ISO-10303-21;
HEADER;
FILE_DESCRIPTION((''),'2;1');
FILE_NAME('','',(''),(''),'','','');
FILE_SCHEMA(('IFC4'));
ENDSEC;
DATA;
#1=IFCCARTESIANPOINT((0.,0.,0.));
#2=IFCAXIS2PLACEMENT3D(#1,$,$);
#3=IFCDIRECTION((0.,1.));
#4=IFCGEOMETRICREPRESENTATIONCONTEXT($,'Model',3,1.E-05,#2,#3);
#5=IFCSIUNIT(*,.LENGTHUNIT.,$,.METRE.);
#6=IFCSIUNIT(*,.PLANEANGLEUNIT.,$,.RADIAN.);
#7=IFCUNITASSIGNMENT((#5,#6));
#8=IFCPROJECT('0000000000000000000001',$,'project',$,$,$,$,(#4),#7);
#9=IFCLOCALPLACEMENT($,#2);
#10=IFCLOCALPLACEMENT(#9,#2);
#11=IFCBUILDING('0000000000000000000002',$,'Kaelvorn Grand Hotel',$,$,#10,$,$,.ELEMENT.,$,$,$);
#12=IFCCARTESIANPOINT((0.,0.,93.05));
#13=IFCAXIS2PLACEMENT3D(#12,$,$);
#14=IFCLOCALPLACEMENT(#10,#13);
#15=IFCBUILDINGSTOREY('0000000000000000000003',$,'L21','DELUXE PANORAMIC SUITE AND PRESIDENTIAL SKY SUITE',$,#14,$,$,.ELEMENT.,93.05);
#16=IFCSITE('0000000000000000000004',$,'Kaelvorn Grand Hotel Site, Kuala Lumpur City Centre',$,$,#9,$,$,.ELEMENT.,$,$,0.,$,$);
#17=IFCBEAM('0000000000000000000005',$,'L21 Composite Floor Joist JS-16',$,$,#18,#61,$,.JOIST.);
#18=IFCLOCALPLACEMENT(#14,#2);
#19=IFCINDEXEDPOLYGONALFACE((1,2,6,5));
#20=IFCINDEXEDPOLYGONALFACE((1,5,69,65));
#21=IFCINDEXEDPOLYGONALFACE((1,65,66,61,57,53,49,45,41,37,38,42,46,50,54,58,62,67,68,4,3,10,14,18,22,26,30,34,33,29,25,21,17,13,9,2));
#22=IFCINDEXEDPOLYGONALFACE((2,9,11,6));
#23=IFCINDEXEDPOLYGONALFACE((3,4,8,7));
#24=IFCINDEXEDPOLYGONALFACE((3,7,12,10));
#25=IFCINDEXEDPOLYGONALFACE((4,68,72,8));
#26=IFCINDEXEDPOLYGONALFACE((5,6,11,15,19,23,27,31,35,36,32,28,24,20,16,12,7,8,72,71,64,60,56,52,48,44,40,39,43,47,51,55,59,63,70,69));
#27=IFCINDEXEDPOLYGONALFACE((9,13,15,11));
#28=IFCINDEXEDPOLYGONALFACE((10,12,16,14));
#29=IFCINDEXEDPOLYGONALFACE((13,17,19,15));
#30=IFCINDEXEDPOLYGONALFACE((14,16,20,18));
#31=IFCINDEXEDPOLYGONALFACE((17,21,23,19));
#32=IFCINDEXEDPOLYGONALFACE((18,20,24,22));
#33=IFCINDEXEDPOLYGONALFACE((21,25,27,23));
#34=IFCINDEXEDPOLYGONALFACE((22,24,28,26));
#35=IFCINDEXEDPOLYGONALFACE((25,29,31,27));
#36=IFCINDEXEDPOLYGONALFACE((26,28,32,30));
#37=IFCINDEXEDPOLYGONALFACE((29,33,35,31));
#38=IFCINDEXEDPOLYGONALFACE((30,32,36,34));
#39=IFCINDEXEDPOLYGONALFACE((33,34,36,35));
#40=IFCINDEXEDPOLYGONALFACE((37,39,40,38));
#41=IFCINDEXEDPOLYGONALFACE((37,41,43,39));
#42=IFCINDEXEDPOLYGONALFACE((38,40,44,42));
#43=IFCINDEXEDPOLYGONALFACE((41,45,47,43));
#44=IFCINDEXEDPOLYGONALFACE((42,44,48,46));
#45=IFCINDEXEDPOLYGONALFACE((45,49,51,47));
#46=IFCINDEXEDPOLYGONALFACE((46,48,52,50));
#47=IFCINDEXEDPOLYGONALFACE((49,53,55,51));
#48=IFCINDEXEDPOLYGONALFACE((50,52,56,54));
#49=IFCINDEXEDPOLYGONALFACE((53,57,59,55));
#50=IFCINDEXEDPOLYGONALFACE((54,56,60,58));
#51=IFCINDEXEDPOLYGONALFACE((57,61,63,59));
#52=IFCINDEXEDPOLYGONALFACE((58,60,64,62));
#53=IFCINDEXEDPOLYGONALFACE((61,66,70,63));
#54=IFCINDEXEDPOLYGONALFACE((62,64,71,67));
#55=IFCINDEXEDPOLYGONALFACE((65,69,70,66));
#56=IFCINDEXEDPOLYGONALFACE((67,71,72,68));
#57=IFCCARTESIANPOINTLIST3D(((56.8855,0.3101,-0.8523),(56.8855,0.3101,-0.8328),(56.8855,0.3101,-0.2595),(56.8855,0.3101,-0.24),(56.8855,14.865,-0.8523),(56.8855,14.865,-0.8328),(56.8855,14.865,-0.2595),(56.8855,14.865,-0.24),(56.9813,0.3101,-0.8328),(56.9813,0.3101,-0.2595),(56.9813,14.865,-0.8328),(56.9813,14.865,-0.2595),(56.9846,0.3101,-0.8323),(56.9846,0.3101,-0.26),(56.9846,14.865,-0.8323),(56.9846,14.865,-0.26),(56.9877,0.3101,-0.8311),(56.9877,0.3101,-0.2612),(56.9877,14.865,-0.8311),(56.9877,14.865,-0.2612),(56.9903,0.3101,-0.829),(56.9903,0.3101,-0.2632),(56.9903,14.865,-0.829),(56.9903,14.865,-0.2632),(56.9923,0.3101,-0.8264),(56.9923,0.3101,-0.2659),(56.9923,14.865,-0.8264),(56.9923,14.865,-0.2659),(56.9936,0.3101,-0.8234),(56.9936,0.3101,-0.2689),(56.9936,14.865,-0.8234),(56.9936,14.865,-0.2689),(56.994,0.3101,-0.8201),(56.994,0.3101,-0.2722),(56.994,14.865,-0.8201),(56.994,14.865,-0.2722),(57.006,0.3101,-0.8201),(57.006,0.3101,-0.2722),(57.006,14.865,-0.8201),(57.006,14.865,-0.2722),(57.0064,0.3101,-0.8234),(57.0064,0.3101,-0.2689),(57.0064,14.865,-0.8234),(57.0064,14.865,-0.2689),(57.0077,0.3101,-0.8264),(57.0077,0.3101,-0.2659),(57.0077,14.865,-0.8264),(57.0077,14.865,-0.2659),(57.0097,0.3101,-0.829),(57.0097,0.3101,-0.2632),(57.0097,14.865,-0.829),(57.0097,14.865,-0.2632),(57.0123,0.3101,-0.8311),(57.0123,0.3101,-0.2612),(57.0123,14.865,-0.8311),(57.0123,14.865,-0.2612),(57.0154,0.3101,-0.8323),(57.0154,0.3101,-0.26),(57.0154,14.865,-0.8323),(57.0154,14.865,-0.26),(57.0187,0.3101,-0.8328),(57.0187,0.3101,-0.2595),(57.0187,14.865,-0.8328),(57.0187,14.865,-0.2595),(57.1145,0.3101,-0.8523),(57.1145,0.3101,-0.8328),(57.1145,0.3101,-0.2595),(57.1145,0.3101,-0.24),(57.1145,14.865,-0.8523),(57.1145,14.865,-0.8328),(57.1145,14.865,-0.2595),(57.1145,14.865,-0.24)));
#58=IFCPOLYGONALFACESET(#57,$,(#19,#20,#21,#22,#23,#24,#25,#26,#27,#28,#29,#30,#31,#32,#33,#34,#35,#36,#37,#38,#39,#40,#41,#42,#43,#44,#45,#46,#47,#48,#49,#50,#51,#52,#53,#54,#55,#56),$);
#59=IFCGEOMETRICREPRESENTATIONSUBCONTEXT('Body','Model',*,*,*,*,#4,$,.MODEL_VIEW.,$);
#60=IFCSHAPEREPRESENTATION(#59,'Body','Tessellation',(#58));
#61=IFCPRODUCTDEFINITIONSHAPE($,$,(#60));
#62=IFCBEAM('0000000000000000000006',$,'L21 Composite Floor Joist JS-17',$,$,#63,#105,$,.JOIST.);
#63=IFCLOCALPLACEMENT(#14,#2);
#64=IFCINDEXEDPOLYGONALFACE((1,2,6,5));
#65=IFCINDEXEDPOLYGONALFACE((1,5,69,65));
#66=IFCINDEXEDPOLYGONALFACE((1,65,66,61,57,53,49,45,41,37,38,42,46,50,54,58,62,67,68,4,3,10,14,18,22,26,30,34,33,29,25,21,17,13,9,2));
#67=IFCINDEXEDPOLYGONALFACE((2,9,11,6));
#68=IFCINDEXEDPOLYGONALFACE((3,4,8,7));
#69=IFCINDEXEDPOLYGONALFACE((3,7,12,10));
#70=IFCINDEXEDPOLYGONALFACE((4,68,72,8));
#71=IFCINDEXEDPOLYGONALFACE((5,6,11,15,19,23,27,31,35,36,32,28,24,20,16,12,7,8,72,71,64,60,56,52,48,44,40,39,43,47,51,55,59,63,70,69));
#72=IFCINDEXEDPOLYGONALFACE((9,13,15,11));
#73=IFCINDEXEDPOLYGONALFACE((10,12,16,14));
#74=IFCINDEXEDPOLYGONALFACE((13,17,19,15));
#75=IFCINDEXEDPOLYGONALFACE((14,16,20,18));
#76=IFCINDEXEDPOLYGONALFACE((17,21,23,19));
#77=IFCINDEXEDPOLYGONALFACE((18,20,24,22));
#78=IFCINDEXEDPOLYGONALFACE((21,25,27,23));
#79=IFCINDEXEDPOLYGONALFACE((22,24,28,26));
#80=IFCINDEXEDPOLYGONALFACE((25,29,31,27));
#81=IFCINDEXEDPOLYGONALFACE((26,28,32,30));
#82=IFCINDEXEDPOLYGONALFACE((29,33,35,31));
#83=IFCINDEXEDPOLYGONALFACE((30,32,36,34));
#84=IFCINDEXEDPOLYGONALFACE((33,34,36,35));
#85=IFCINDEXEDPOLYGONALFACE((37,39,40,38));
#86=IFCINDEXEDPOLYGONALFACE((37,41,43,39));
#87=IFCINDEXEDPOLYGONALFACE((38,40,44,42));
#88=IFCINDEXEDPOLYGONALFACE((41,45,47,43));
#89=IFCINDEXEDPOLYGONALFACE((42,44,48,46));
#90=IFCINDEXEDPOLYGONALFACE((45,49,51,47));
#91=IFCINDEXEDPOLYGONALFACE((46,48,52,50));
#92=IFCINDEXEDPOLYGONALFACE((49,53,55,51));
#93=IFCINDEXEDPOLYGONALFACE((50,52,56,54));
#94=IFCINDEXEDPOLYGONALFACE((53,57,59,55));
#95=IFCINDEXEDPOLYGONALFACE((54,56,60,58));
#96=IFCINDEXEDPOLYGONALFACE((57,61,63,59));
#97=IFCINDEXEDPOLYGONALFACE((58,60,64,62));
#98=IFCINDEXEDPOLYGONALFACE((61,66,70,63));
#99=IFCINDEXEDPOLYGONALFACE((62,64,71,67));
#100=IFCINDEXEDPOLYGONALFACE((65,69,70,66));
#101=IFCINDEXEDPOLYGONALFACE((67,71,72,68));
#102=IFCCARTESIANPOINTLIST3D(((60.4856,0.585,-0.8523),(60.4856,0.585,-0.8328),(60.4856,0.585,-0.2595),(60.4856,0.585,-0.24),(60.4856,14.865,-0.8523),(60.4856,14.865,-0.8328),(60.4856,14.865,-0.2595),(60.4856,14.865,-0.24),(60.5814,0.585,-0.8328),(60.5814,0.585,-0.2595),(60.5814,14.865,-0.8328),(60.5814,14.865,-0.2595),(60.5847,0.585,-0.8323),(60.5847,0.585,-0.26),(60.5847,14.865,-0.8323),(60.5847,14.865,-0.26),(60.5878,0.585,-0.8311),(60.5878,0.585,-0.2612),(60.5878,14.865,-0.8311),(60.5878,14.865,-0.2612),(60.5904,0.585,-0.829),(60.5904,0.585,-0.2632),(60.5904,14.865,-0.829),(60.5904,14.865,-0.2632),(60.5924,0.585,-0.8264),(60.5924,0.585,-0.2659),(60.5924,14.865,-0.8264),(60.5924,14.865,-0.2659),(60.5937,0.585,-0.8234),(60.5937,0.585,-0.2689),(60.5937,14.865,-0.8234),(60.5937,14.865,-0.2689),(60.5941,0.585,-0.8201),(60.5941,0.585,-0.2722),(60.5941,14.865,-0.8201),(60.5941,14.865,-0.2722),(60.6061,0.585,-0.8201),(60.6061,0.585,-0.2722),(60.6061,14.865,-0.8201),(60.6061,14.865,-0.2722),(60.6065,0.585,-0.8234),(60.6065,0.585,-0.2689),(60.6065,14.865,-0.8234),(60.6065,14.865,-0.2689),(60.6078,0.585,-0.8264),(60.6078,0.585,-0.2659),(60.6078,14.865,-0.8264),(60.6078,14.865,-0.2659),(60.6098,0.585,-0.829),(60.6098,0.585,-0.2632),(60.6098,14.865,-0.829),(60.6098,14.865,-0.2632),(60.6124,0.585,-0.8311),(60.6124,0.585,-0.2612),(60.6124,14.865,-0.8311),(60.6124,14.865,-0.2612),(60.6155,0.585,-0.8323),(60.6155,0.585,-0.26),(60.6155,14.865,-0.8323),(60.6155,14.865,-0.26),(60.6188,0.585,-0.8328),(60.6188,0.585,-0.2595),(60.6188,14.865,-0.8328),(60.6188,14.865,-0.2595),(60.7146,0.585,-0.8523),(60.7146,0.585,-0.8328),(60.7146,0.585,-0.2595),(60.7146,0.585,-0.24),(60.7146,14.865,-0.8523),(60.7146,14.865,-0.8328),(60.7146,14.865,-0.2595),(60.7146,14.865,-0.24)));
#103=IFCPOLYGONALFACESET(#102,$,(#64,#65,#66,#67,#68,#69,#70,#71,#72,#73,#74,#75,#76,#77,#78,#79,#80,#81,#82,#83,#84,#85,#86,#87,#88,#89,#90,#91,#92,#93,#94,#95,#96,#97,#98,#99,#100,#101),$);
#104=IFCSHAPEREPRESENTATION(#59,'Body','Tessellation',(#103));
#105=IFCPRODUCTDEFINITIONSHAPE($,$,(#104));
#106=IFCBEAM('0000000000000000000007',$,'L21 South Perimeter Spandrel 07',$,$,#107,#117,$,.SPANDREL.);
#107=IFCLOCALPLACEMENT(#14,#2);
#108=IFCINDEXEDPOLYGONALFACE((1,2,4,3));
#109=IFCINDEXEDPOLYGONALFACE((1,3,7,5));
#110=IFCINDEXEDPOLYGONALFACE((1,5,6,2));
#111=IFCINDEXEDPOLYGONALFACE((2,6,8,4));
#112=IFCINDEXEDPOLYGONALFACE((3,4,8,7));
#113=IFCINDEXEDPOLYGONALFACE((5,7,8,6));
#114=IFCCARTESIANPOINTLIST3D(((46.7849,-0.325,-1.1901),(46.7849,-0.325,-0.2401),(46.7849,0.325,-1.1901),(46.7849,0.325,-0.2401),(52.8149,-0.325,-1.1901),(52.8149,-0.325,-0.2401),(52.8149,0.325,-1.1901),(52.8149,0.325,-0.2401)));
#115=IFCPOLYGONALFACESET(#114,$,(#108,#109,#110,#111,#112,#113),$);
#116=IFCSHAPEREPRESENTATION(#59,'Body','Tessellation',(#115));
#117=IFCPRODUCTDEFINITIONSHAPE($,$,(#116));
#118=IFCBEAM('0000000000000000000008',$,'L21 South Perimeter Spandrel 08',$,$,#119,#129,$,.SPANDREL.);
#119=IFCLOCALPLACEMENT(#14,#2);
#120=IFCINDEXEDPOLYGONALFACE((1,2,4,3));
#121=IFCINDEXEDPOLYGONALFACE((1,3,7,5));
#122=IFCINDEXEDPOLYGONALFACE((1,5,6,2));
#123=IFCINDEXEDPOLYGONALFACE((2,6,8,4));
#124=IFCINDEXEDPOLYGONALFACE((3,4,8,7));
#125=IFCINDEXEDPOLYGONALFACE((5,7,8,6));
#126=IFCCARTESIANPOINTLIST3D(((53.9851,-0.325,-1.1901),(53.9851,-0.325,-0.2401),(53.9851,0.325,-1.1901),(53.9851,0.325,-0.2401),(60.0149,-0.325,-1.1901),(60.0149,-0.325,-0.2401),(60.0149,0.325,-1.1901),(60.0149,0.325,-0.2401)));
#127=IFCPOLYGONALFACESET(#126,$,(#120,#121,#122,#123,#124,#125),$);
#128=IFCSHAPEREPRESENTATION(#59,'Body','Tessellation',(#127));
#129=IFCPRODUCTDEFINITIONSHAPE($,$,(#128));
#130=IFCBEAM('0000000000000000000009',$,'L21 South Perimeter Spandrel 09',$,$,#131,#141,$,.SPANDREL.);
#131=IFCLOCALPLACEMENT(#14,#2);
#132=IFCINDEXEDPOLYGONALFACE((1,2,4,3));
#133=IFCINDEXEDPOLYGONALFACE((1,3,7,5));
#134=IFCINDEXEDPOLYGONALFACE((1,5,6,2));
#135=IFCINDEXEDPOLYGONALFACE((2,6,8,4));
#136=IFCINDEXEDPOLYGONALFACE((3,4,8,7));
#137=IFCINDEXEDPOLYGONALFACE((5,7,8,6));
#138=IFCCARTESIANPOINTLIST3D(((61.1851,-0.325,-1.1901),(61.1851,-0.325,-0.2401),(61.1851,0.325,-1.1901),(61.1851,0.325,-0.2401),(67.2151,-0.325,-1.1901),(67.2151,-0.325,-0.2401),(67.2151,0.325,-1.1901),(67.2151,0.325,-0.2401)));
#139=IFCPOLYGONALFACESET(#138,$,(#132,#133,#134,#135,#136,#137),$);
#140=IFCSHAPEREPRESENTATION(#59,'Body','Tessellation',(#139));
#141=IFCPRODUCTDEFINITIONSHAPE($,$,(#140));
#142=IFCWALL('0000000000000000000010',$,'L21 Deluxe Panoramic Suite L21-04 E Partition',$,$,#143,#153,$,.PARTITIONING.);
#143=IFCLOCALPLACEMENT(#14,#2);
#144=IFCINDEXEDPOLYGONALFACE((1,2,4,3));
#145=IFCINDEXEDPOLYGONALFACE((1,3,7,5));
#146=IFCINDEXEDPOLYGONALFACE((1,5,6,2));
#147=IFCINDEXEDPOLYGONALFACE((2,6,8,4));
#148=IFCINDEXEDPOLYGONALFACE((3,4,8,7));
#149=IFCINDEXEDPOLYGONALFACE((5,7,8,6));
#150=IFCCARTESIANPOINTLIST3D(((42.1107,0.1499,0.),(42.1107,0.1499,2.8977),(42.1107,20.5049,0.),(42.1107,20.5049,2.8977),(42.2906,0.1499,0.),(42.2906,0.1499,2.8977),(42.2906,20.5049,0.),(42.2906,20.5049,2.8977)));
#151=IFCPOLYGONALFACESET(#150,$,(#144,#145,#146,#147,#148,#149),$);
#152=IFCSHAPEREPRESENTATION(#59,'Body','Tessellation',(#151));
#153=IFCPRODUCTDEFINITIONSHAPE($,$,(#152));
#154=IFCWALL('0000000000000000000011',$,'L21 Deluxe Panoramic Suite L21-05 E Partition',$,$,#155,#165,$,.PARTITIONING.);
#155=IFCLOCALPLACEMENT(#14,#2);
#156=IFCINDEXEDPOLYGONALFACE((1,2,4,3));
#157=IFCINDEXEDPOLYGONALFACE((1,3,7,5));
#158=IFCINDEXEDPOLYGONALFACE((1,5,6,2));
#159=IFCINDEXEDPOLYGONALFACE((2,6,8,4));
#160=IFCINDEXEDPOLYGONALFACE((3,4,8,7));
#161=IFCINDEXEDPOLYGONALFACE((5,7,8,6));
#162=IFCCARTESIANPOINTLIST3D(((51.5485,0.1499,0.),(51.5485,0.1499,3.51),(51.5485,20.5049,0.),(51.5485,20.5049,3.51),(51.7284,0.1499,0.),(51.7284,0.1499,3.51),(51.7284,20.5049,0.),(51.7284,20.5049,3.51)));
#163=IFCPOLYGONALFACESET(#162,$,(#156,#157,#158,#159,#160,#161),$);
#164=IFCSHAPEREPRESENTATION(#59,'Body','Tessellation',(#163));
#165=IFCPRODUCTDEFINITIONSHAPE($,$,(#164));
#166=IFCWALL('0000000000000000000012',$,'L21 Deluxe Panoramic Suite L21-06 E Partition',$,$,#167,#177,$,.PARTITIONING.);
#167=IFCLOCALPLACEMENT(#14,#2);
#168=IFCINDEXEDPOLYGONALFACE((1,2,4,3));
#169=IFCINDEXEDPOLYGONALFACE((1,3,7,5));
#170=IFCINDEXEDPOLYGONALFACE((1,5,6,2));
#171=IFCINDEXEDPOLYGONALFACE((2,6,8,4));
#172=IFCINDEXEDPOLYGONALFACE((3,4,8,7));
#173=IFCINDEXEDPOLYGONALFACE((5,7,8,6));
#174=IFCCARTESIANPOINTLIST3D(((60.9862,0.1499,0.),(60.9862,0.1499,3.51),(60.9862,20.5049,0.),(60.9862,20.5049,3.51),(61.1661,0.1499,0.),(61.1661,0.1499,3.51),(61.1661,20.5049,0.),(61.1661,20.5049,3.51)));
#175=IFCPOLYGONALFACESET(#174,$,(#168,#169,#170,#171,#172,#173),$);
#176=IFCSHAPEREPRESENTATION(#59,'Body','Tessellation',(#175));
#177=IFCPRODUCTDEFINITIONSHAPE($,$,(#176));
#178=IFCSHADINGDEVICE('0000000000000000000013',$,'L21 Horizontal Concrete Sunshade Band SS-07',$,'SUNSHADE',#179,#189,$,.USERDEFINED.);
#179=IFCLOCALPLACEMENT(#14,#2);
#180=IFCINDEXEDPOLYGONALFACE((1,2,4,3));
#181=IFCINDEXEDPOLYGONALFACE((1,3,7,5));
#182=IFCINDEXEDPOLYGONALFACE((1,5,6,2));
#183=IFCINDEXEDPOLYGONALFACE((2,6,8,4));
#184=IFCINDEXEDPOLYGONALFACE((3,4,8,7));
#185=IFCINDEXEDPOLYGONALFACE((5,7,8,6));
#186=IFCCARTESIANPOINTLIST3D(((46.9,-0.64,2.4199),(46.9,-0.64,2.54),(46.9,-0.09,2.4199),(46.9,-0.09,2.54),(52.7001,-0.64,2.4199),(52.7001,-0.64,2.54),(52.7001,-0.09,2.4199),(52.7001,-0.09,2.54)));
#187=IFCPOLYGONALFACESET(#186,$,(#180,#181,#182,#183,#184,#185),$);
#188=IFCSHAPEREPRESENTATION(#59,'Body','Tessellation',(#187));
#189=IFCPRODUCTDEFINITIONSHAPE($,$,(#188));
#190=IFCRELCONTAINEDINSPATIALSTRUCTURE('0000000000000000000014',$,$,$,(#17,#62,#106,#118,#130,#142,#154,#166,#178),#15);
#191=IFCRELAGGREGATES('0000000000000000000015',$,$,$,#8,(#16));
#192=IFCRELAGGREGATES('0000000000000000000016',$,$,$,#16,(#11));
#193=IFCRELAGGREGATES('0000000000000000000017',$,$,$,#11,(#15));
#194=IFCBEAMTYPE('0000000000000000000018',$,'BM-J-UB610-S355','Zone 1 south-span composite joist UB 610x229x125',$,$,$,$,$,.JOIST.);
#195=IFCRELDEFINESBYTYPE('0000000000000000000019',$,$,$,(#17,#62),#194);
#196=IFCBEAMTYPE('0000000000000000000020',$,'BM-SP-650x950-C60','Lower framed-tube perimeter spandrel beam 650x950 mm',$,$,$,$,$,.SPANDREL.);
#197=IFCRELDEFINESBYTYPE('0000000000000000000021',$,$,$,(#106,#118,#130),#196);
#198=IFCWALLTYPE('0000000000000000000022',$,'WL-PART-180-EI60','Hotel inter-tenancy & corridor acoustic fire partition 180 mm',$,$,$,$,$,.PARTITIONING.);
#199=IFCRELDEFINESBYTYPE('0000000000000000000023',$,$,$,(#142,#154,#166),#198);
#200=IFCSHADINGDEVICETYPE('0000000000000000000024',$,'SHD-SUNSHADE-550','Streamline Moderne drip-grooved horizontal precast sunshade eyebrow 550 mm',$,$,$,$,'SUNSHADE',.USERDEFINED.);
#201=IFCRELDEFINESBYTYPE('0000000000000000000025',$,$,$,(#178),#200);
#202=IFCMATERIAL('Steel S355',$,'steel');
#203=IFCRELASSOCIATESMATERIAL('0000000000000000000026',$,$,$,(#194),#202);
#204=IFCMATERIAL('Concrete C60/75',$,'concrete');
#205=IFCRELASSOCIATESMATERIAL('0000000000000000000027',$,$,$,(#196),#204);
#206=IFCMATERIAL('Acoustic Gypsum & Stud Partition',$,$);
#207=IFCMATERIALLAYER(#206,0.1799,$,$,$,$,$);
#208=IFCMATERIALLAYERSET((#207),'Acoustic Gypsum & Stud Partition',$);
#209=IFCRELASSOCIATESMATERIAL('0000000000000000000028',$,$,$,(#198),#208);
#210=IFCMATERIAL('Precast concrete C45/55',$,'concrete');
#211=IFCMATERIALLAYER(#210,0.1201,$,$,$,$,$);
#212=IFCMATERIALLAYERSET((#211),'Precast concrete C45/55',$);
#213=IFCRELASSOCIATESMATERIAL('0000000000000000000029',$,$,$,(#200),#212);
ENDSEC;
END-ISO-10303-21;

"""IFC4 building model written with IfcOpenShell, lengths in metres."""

from ifc_helpers import new_model, si_unit, direction, frame, frame_2d, origin, origin_2d, place, context, subcontext, project, spatial, rectangle, i_section, extrude, material, layer, layer_set, material_profile, profile_set, type_object, element, save


model = new_model("IFC4")

# Units and contexts
model_context = context("Model", 3, precision=1e-05, world=origin(), true_north=direction((0.0, 1.0)))
body_context = subcontext(model_context, "Body", "Model", "MODEL_VIEW")
ifc_project = project(units=[si_unit("LENGTHUNIT", "METRE"), si_unit("PLANEANGLEUNIT", "RADIAN")], contexts=[model_context])

# Site, building, storey
site_placement = place(None, origin())
site = spatial("IfcSite", under=ifc_project, at=site_placement, Name="Kaelvorn Grand Hotel Site, Kuala Lumpur City Centre", CompositionType="ELEMENT", RefElevation=0.0)
building_placement = place(site_placement, origin())
building = spatial("IfcBuilding", under=site, at=building_placement, Name="Kaelvorn Grand Hotel", CompositionType="ELEMENT")
storey_placement = place(building_placement, frame((0.0, 0.0, 93.05)))
storey = spatial("IfcBuildingStorey", under=building, at=storey_placement, Name="L21", Description="DELUXE PANORAMIC SUITE AND PRESIDENTIAL SKY SUITE", CompositionType="ELEMENT", Elevation=93.05)

# Shared definitions
ifc_material_1 = material(Name="Concrete C60/75", Category="concrete")

# Beams
ifc_material_2 = material(Name="Steel S355", Category="steel")
ifc_material_profile_1 = material_profile(ifc_material_2, i_section(OverallWidth=0.229, OverallDepth=0.6123, WebThickness=0.012, FlangeThickness=0.0195, FilletRadius=0.0127, at=origin_2d()), Name="UB 610x229x125")
ifc_profile_set_1 = profile_set([ifc_material_profile_1], Name="Steel S355")
beam_type_1 = type_object("IfcBeamType", Name="BM-J-UB610-S355", Description="Zone 1 south-span composite joist UB 610x229x125", PredefinedType="JOIST", material=ifc_profile_set_1)
beam_1_placement = place(storey_placement, frame((57.0, 0.3101, -0.5461), z_axis=(0.0, 1.0, 0.0), x_axis=(-1.0, 0.0, 0.0)))
element("IfcBeam", 1, at=beam_1_placement, inside=storey, type_object=beam_type_1, Name="L21 Composite Floor Joist JS-16", PredefinedType="JOIST", context=body_context, shape_type="SweptSolid", body=[
    extrude(i_section(OverallWidth=0.229, OverallDepth=0.6123, WebThickness=0.012, FlangeThickness=0.0195, FilletRadius=0.0127, at=origin_2d()), origin(), (0.0, 0.0, 1.0), 14.5549),
])
beam_2_placement = place(storey_placement, frame((60.6001, 0.585, -0.5461), z_axis=(0.0, 1.0, 0.0), x_axis=(-1.0, 0.0, 0.0)))
element("IfcBeam", 2, at=beam_2_placement, inside=storey, type_object=beam_type_1, Name="L21 Composite Floor Joist JS-17", PredefinedType="JOIST", context=body_context, shape_type="SweptSolid", body=[
    extrude(i_section(OverallWidth=0.229, OverallDepth=0.6123, WebThickness=0.012, FlangeThickness=0.0195, FilletRadius=0.0127, at=origin_2d()), origin(), (0.0, 0.0, 1.0), 14.28),
])
ifc_material_profile_2 = material_profile(ifc_material_1, rectangle(XDim=0.6499, YDim=0.95, at=origin_2d()), Name="RC SPANDREL 650x950")
ifc_profile_set_2 = profile_set([ifc_material_profile_2], Name="Concrete C60/75")
beam_type_2 = type_object("IfcBeamType", Name="BM-SP-650x950-C60", Description="Lower framed-tube perimeter spandrel beam 650x950 mm", PredefinedType="SPANDREL", material=ifc_profile_set_2)
beam_3_placement = place(storey_placement, frame((46.7849, 0.0, -0.7151), z_axis=(1.0, 0.0, 0.0), x_axis=(0.0, 1.0, 0.0)))
element("IfcBeam", 3, at=beam_3_placement, inside=storey, type_object=beam_type_2, Name="L21 South Perimeter Spandrel 07", PredefinedType="SPANDREL", context=body_context, shape_type="SweptSolid", body=[
    extrude(rectangle(XDim=0.6499, YDim=0.95, at=origin_2d()), origin(), (0.0, 0.0, 1.0), 6.03),
])
beam_4_placement = place(storey_placement, frame((53.9851, 0.0, -0.7151), z_axis=(1.0, 0.0, 0.0), x_axis=(0.0, 1.0, 0.0)))
element("IfcBeam", 4, at=beam_4_placement, inside=storey, type_object=beam_type_2, Name="L21 South Perimeter Spandrel 08", PredefinedType="SPANDREL", context=body_context, shape_type="SweptSolid", body=[
    extrude(rectangle(XDim=0.6499, YDim=0.95, at=origin_2d()), origin(), (0.0, 0.0, 1.0), 6.0298),
])
beam_5_placement = place(storey_placement, frame((61.1851, 0.0, -0.7151), z_axis=(1.0, 0.0, 0.0), x_axis=(0.0, 1.0, 0.0)))
element("IfcBeam", 5, at=beam_5_placement, inside=storey, type_object=beam_type_2, Name="L21 South Perimeter Spandrel 09", PredefinedType="SPANDREL", context=body_context, shape_type="SweptSolid", body=[
    extrude(rectangle(XDim=0.6499, YDim=0.95, at=origin_2d()), origin(), (0.0, 0.0, 1.0), 6.03),
])

# Walls
ifc_material_3 = material(Name="Acoustic Gypsum & Stud Partition")
ifc_layer_1 = layer(ifc_material_3, 0.1799)
ifc_layer_set_1 = layer_set([ifc_layer_1], Name="Acoustic Gypsum & Stud Partition")
wall_type = type_object("IfcWallType", Name="WL-PART-180-EI60", Description="Hotel inter-tenancy & corridor acoustic fire partition 180 mm", PredefinedType="PARTITIONING", material=ifc_layer_set_1)
wall_placement = place(storey_placement, frame((42.2007, 0.1499, 0.0), z_axis=(0.0, 0.0, 1.0), x_axis=(0.0, 1.0, 0.0)))
element("IfcWall", 6, at=wall_placement, inside=storey, type_object=wall_type, Name="L21 Deluxe Panoramic Suite L21-04 E Partition", PredefinedType="PARTITIONING", context=body_context, shape_type="SweptSolid", body=[
    extrude(rectangle(XDim=20.355, YDim=0.1799, at=frame_2d((10.1775, 0.0))), origin(), (0.0, 0.0, 1.0), 2.8977),
])
for number, where, z_axis, x_axis, name in (
    (7, (51.6384, 0.1499, 0.0), (0.0, 0.0, 1.0), (0.0, 1.0, 0.0), "L21 Deluxe Panoramic Suite L21-05 E Partition"),
    (8, (61.0762, 0.1499, 0.0), (0.0, 0.0, 1.0), (0.0, 1.0, 0.0), "L21 Deluxe Panoramic Suite L21-06 E Partition"),
):
    element("IfcWall", number, at=place(storey_placement, frame(where, z_axis=z_axis, x_axis=x_axis)), inside=storey, type_object=wall_type, Name=name, PredefinedType="PARTITIONING", context=body_context, shape_type="SweptSolid", body=[
        extrude(rectangle(XDim=20.355, YDim=0.1799, at=frame_2d((10.1775, 0.0))), origin(), (0.0, 0.0, 1.0), 3.51),
    ])

# Shading device
ifc_material_4 = material(Name="Precast concrete C45/55", Category="concrete")
ifc_layer_2 = layer(ifc_material_4, 0.1201)
ifc_layer_set_2 = layer_set([ifc_layer_2], Name="Precast concrete C45/55")
shading_device_type_1 = type_object("IfcShadingDeviceType", Name="SHD-SUNSHADE-550", Description="Streamline Moderne drip-grooved horizontal precast sunshade eyebrow 550 mm", ElementType="SUNSHADE", PredefinedType="USERDEFINED", material=ifc_layer_set_2)
shading_device_placement = place(storey_placement, frame((49.8, -0.365, 2.4199), z_axis=(0.0, 0.0, 1.0), x_axis=(1.0, 0.0, 0.0)))
element("IfcShadingDevice", 9, at=shading_device_placement, inside=storey, type_object=shading_device_type_1, Name="L21 Horizontal Concrete Sunshade Band SS-07", ObjectType="SUNSHADE", PredefinedType="USERDEFINED", context=body_context, shape_type="SweptSolid", body=[
    extrude(rectangle(XDim=5.8, YDim=0.55, at=origin_2d()), origin(), (0.0, 0.0, 1.0), 0.1201),
])

save(model, "model.ifc")
